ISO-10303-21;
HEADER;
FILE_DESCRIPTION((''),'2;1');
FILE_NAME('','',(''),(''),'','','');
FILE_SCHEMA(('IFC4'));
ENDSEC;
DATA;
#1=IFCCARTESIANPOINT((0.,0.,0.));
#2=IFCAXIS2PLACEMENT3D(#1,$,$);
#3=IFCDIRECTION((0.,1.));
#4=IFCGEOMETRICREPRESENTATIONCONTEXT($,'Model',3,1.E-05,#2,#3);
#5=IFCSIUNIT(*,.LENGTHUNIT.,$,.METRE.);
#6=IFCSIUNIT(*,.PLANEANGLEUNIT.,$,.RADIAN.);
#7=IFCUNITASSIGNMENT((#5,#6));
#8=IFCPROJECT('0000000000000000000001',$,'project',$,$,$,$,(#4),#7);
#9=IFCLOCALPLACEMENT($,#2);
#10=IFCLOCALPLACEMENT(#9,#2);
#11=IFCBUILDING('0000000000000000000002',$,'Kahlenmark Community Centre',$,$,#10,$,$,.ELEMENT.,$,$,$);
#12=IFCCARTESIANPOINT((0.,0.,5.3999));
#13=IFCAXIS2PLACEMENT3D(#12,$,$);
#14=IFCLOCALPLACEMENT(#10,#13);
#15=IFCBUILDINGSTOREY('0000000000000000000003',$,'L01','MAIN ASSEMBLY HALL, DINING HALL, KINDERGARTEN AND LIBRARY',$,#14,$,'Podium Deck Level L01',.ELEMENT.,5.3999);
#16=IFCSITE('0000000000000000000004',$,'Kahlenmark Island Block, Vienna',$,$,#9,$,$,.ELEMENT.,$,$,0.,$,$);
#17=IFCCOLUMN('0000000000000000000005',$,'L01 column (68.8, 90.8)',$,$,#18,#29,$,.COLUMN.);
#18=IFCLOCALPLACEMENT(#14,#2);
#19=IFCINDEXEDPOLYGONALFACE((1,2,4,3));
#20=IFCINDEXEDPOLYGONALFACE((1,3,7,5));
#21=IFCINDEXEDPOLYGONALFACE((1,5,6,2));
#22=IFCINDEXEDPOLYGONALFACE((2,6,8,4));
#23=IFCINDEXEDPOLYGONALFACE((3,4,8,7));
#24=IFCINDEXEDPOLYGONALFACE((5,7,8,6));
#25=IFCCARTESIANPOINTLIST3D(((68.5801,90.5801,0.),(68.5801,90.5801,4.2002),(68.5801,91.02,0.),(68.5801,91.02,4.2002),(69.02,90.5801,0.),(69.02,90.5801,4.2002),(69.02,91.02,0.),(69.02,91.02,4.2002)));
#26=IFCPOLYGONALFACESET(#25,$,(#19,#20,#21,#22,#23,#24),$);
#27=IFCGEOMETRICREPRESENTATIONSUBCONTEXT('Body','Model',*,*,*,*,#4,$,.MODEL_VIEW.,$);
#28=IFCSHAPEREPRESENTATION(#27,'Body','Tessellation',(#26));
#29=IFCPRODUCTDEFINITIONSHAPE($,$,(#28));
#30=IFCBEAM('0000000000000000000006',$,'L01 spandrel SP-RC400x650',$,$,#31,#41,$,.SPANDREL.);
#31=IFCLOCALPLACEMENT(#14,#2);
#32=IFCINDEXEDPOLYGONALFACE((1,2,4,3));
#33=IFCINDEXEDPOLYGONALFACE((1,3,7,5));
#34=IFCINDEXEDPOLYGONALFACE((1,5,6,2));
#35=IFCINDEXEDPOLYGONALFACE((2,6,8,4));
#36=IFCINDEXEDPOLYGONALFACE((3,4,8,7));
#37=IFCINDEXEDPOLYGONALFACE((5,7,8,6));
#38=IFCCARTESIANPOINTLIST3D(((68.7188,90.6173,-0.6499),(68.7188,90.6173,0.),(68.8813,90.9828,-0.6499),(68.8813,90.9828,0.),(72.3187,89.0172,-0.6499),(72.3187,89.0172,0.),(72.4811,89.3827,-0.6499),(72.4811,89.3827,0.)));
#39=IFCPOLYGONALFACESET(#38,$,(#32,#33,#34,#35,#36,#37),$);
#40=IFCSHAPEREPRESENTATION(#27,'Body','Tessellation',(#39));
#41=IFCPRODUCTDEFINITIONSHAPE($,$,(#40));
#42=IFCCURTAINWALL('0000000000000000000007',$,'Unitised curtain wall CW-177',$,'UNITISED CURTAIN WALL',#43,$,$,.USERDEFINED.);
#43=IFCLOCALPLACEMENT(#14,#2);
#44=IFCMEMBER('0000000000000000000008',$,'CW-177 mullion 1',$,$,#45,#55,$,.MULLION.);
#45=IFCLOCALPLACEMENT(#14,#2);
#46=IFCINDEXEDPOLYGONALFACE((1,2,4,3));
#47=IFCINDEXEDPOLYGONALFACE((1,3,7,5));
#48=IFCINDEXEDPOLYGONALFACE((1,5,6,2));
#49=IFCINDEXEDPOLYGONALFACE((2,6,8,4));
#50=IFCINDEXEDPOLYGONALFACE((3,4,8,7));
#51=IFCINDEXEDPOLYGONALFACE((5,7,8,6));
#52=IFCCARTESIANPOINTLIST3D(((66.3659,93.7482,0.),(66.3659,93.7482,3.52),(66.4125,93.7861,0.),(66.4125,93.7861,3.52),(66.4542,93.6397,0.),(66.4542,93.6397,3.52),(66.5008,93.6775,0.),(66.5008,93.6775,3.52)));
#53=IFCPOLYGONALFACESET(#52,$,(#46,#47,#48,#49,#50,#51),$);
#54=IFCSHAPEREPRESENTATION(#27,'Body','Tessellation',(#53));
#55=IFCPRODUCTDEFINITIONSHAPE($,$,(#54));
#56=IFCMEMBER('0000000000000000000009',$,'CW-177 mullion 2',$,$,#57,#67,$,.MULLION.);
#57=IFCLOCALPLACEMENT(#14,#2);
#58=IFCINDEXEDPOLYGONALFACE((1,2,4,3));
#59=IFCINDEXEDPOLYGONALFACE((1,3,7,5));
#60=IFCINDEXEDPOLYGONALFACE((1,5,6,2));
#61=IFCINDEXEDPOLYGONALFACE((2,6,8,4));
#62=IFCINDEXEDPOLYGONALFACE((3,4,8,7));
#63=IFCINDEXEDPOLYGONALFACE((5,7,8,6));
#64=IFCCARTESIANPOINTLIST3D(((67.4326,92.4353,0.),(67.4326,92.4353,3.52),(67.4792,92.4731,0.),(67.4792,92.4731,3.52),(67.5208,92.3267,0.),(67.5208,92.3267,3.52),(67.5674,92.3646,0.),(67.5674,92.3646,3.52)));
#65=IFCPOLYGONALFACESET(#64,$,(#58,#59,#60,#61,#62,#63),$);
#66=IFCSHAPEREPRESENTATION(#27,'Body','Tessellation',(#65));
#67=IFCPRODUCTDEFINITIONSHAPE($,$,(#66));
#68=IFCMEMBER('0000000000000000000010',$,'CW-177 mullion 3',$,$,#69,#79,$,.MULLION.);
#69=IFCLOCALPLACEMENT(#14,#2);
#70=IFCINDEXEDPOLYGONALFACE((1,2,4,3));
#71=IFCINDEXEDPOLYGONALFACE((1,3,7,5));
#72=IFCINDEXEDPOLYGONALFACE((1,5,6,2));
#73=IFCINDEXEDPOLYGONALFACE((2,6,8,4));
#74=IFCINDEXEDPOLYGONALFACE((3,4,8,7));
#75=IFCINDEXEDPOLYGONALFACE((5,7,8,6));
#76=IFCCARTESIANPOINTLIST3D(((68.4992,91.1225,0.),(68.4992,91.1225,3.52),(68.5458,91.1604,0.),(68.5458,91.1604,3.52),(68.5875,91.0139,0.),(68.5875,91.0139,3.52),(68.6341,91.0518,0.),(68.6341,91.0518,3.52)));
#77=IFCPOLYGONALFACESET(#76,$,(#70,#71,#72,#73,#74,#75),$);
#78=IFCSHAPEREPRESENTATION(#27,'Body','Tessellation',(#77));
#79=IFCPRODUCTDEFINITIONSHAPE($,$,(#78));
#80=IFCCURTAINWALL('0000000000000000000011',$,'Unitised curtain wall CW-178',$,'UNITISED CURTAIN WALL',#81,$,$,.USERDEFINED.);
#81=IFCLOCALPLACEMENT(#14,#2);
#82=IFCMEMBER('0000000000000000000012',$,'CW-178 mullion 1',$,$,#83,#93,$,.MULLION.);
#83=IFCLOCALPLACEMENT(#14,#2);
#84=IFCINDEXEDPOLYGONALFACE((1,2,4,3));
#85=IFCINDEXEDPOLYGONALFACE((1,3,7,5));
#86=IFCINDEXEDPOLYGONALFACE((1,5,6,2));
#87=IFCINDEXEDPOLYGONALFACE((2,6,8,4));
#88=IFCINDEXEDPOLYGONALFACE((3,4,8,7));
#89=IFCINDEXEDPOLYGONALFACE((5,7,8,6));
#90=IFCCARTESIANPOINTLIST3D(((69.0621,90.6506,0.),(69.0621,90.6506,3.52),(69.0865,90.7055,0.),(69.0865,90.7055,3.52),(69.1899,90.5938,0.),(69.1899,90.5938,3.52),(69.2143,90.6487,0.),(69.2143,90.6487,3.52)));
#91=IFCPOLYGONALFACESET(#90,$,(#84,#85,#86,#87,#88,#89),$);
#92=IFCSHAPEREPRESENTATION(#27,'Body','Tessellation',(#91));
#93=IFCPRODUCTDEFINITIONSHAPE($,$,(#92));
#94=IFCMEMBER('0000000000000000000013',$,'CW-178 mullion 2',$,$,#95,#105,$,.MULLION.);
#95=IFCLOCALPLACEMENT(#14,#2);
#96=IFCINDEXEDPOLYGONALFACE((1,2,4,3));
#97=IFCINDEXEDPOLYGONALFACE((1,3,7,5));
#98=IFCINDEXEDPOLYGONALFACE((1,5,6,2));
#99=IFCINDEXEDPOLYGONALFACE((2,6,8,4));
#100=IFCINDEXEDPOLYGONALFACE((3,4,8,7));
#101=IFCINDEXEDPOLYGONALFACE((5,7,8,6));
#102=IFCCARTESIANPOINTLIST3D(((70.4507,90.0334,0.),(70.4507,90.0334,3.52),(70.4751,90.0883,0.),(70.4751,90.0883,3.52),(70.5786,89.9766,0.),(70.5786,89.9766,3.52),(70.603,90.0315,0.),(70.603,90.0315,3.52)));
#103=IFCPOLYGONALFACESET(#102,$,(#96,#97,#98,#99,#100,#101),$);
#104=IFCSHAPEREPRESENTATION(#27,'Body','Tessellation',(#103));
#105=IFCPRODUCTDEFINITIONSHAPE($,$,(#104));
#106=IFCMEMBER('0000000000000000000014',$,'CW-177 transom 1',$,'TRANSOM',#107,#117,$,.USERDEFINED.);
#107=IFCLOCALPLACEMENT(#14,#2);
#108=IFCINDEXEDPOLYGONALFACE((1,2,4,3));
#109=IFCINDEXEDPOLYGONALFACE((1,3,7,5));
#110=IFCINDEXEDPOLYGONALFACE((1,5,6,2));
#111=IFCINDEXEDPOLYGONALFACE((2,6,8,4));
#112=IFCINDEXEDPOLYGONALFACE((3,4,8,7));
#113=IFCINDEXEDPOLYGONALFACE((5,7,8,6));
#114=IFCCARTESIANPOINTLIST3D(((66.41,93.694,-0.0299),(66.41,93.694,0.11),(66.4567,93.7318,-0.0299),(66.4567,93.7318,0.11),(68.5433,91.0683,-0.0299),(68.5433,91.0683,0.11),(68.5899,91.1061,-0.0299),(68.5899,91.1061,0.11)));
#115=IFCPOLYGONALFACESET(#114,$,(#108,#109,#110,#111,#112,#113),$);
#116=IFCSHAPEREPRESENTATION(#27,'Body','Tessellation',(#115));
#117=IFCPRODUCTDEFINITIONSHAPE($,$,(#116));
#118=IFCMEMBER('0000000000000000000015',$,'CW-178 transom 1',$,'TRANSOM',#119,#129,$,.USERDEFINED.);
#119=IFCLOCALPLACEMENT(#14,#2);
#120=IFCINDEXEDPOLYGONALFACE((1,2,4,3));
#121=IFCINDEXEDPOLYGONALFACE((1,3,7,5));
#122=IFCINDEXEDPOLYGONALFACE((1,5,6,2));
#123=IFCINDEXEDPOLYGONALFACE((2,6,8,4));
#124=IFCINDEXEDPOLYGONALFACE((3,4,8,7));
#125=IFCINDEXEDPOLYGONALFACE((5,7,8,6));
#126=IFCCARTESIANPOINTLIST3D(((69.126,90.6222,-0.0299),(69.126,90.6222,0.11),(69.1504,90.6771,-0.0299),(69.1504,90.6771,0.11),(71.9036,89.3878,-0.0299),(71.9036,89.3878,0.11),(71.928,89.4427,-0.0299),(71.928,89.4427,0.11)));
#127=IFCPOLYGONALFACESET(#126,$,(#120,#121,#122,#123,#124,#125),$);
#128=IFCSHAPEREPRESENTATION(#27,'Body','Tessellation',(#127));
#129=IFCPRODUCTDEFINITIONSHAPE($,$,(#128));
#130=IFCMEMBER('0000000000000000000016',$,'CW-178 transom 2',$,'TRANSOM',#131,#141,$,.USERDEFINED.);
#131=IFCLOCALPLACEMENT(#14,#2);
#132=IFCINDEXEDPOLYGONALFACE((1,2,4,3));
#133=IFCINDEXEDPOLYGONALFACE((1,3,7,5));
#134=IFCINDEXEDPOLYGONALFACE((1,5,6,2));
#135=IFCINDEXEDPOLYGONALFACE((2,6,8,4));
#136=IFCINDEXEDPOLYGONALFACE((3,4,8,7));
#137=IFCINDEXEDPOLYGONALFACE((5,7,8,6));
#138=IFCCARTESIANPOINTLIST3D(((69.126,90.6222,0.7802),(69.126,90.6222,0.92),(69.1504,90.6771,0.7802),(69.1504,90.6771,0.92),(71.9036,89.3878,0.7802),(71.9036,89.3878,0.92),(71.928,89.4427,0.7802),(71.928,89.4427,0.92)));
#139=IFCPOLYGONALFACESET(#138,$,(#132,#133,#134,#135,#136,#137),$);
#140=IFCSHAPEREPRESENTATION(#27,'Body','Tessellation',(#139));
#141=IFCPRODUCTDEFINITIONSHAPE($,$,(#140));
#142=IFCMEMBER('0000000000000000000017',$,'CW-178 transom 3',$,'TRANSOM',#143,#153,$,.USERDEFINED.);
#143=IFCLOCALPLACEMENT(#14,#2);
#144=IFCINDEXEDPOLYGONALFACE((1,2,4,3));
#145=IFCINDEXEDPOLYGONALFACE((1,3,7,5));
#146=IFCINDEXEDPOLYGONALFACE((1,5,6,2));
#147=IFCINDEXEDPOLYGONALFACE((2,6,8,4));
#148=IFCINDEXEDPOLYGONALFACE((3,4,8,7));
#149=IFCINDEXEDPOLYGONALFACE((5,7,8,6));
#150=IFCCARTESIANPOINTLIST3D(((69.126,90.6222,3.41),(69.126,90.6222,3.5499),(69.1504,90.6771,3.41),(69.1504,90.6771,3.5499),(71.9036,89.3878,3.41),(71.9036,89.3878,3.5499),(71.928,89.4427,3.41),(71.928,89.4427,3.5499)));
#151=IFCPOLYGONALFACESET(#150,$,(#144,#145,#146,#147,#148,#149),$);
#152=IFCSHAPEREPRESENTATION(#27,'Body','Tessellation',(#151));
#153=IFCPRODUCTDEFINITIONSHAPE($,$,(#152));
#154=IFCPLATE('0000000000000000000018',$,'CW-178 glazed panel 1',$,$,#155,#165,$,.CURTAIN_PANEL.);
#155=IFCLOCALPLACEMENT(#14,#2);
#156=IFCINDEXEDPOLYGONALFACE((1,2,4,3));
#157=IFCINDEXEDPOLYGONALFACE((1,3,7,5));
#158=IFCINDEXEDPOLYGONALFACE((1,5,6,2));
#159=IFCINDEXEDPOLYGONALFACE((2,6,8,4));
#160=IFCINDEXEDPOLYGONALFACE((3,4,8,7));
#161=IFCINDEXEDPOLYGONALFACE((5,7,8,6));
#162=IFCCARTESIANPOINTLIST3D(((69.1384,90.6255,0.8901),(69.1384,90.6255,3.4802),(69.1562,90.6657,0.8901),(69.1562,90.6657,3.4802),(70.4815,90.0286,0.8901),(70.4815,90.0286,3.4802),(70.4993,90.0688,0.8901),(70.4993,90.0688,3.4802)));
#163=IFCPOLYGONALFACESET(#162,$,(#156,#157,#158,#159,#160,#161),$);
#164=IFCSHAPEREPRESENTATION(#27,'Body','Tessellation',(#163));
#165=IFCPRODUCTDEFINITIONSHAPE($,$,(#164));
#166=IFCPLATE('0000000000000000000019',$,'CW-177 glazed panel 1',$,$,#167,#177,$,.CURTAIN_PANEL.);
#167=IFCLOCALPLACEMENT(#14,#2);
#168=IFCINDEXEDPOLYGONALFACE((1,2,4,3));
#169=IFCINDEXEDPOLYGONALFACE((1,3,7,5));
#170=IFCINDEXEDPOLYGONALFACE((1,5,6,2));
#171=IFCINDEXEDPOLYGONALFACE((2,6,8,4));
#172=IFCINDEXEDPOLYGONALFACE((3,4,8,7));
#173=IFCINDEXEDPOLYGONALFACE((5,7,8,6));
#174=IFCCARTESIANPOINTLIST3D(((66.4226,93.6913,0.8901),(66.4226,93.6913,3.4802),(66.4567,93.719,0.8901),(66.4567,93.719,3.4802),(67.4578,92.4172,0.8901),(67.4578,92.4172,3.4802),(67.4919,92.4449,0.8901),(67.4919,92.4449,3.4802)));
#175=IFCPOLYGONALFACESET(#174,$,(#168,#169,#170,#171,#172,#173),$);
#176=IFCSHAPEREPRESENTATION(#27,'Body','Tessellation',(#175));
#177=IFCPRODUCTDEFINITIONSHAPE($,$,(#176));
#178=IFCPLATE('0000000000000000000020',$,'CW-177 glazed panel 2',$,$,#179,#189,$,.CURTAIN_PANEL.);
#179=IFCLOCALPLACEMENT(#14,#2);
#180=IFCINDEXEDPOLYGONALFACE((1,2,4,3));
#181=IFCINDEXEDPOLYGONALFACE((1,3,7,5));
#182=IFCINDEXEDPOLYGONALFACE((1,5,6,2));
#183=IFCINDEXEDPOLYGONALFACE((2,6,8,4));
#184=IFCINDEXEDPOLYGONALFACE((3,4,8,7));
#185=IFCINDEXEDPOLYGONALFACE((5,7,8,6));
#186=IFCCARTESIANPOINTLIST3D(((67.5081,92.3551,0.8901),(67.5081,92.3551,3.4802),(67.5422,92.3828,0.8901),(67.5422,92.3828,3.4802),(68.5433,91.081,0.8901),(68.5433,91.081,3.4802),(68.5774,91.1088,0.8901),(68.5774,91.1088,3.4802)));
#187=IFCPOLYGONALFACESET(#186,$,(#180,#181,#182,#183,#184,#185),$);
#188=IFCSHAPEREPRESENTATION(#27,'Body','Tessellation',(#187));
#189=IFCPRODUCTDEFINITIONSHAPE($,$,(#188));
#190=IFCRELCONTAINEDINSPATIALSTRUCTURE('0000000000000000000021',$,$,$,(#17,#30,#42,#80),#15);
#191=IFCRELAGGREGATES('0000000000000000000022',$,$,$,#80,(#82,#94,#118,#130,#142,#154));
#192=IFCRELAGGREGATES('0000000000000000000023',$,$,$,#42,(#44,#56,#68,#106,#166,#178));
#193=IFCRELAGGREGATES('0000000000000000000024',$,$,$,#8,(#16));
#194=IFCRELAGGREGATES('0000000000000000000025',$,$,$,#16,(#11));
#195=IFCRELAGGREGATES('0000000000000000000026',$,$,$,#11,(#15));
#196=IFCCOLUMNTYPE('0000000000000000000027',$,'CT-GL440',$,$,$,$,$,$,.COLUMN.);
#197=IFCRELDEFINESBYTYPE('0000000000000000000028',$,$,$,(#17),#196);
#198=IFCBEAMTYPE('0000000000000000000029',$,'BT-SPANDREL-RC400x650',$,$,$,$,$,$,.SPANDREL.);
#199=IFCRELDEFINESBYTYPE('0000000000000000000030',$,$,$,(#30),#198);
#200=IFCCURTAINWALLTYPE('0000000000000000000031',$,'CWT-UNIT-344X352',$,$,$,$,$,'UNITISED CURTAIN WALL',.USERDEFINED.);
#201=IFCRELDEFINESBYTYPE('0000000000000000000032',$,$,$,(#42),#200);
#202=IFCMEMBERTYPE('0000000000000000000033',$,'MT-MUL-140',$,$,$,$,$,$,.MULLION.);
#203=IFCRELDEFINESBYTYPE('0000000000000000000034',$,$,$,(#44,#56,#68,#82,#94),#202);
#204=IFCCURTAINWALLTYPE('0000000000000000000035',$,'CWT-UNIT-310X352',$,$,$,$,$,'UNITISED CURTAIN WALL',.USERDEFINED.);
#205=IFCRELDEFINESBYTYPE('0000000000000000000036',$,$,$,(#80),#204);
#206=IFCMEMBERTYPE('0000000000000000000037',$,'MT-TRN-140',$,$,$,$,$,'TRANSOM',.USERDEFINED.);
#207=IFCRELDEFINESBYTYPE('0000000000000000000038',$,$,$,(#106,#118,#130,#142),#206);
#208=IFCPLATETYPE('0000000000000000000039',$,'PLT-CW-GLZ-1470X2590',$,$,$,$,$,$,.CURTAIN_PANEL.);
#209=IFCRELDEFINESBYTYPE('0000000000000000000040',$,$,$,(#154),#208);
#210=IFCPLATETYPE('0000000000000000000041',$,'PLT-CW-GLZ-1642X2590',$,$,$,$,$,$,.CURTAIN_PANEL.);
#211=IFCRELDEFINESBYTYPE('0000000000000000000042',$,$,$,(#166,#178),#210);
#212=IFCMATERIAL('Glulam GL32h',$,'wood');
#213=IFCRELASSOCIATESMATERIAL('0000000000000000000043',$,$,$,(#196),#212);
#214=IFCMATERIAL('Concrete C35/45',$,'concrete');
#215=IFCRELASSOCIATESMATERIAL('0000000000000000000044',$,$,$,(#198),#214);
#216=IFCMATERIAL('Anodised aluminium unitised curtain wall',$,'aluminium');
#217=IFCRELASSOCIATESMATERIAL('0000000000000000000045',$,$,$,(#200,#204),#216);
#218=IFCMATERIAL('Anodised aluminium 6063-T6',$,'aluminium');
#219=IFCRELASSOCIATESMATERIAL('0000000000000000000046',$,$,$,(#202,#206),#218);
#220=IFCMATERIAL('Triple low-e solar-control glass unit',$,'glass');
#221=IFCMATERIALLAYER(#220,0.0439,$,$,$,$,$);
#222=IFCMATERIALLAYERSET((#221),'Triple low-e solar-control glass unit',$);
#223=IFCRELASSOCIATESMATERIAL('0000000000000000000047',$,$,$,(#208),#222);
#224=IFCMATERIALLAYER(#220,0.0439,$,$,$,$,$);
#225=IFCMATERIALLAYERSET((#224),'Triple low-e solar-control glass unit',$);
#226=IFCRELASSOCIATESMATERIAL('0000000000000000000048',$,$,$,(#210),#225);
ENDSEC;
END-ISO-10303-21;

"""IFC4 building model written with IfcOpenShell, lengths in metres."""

from ifc_helpers import new_model, si_unit, direction, frame, origin, origin_2d, place, context, subcontext, project, spatial, rectangle, extrude, material, layer, layer_set, material_profile, profile_set, type_object, element, aggregate, save


model = new_model("IFC4")

# Units and contexts
model_context = context("Model", 3, precision=1e-05, world=origin(), true_north=direction((0.0, 1.0)))
body_context = subcontext(model_context, "Body", "Model", "MODEL_VIEW")
ifc_project = project(units=[si_unit("LENGTHUNIT", "METRE"), si_unit("PLANEANGLEUNIT", "RADIAN")], contexts=[model_context])

# Site, building, storey
site_placement = place(None, origin())
site = spatial("IfcSite", under=ifc_project, at=site_placement, Name="Kahlenmark Island Block, Vienna", CompositionType="ELEMENT", RefElevation=0.0)
building_placement = place(site_placement, origin())
building = spatial("IfcBuilding", under=site, at=building_placement, Name="Kahlenmark Community Centre", CompositionType="ELEMENT")
storey_placement = place(building_placement, frame((0.0, 0.0, 5.3999)))
storey = spatial("IfcBuildingStorey", under=building, at=storey_placement, Name="L01", Description="MAIN ASSEMBLY HALL, DINING HALL, KINDERGARTEN AND LIBRARY", LongName="Podium Deck Level L01", CompositionType="ELEMENT", Elevation=5.3999)

# Column
ifc_material_1 = material(Name="Glulam GL32h", Category="wood")
ifc_material_profile_1 = material_profile(ifc_material_1, rectangle(XDim=0.4399, YDim=0.4399, at=origin_2d()), Name="GL32h 440x440")
ifc_profile_set_1 = profile_set([ifc_material_profile_1], Name="Glulam GL32h")
column_type = type_object("IfcColumnType", Name="CT-GL440", PredefinedType="COLUMN", material=ifc_profile_set_1)
column_placement = place(storey_placement, frame((68.8, 90.8, 0.0), z_axis=(0.0, 0.0, 1.0), x_axis=(1.0, 0.0, 0.0)))
element("IfcColumn", 1, at=column_placement, inside=storey, type_object=column_type, Name="L01 column (68.8, 90.8)", PredefinedType="COLUMN", context=body_context, shape_type="SweptSolid", body=[
    extrude(rectangle(XDim=0.4399, YDim=0.4399, at=origin_2d()), origin(), (0.0, 0.0, 1.0), 4.2002),
])

# Beam
ifc_material_2 = material(Name="Concrete C35/45", Category="concrete")
ifc_material_profile_2 = material_profile(ifc_material_2, rectangle(XDim=0.3999, YDim=0.6499, at=origin_2d()), Name="RC 400x650")
ifc_profile_set_2 = profile_set([ifc_material_profile_2], Name="Concrete C35/45")
beam_type = type_object("IfcBeamType", Name="BT-SPANDREL-RC400x650", PredefinedType="SPANDREL", material=ifc_profile_set_2)
beam_placement = place(storey_placement, frame((68.8, 90.8, -0.325), z_axis=(0.913796, -0.406173, 0.0), x_axis=(0.406173, 0.913796, 0.0)))
element("IfcBeam", 2, at=beam_placement, inside=storey, type_object=beam_type, Name="L01 spandrel SP-RC400x650", PredefinedType="SPANDREL", context=body_context, shape_type="SweptSolid", body=[
    extrude(rectangle(XDim=0.3999, YDim=0.6499, at=origin_2d()), origin(), (0.0, 0.0, 1.0), 3.9395),
])

# Curtain walls, members
ifc_material_3 = material(Name="Anodised aluminium unitised curtain wall", Category="aluminium")
curtain_wall_type_1 = type_object("IfcCurtainWallType", Name="CWT-UNIT-344X352", ElementType="UNITISED CURTAIN WALL", PredefinedType="USERDEFINED", material=ifc_material_3)
curtain_wall_1_placement = place(storey_placement, origin())
curtain_wall_1 = element("IfcCurtainWall", 3, at=curtain_wall_1_placement, inside=storey, type_object=curtain_wall_type_1, Name="Unitised curtain wall CW-177", ObjectType="UNITISED CURTAIN WALL", PredefinedType="USERDEFINED")
ifc_material_4 = material(Name="Anodised aluminium 6063-T6", Category="aluminium")
ifc_material_profile_3 = material_profile(ifc_material_4, rectangle(XDim=0.0601, YDim=0.1399, at=origin_2d()), Name="ALU MULLION 60x140")
ifc_profile_set_3 = profile_set([ifc_material_profile_3], Name="Anodised aluminium 6063-T6")
member_type_1 = type_object("IfcMemberType", Name="MT-MUL-140", PredefinedType="MULLION", material=ifc_profile_set_3)
member_1_placement = place(storey_placement, frame((66.4333, 93.7129, 0.0), z_axis=(0.0, 0.0, 1.0), x_axis=(0.776109, 0.630599, 0.0)))
member_1 = element("IfcMember", 4, at=member_1_placement, type_object=member_type_1, Name="CW-177 mullion 1", PredefinedType="MULLION", context=body_context, shape_type="SweptSolid", body=[
    extrude(rectangle(XDim=0.0601, YDim=0.1399, at=origin_2d()), origin(), (0.0, 0.0, 1.0), 3.52),
])
member_2_placement = place(storey_placement, frame((67.5, 92.3999, 0.0), z_axis=(0.0, 0.0, 1.0), x_axis=(0.776109, 0.630599, 0.0)))
member_2 = element("IfcMember", 5, at=member_2_placement, type_object=member_type_1, Name="CW-177 mullion 2", PredefinedType="MULLION", context=body_context, shape_type="SweptSolid", body=[
    extrude(rectangle(XDim=0.0601, YDim=0.1399, at=origin_2d()), origin(), (0.0, 0.0, 1.0), 3.52),
])
member_3_placement = place(storey_placement, frame((68.5667, 91.0872, 0.0), z_axis=(0.0, 0.0, 1.0), x_axis=(0.776109, 0.630599, 0.0)))
member_3 = element("IfcMember", 6, at=member_3_placement, type_object=member_type_1, Name="CW-177 mullion 3", PredefinedType="MULLION", context=body_context, shape_type="SweptSolid", body=[
    extrude(rectangle(XDim=0.0601, YDim=0.1399, at=origin_2d()), origin(), (0.0, 0.0, 1.0), 3.52),
])
curtain_wall_type_2 = type_object("IfcCurtainWallType", Name="CWT-UNIT-310X352", ElementType="UNITISED CURTAIN WALL", PredefinedType="USERDEFINED", material=ifc_material_3)
curtain_wall_2_placement = place(storey_placement, origin())
curtain_wall_2 = element("IfcCurtainWall", 7, at=curtain_wall_2_placement, inside=storey, type_object=curtain_wall_type_2, Name="Unitised curtain wall CW-178", ObjectType="UNITISED CURTAIN WALL", PredefinedType="USERDEFINED")
member_4_placement = place(storey_placement, frame((69.1382, 90.6497, 0.0), z_axis=(0.0, 0.0, 1.0), x_axis=(0.406126, 0.913817, 0.0)))
member_4 = element("IfcMember", 8, at=member_4_placement, type_object=member_type_1, Name="CW-178 mullion 1", PredefinedType="MULLION", context=body_context, shape_type="SweptSolid", body=[
    extrude(rectangle(XDim=0.0601, YDim=0.1399, at=origin_2d()), origin(), (0.0, 0.0, 1.0), 3.52),
])
member_5_placement = place(storey_placement, frame((70.5269, 90.0325, 0.0), z_axis=(0.0, 0.0, 1.0), x_axis=(0.406126, 0.913817, 0.0)))
member_5 = element("IfcMember", 9, at=member_5_placement, type_object=member_type_1, Name="CW-178 mullion 2", PredefinedType="MULLION", context=body_context, shape_type="SweptSolid", body=[
    extrude(rectangle(XDim=0.0601, YDim=0.1399, at=origin_2d()), origin(), (0.0, 0.0, 1.0), 3.52),
])

# Members
ifc_material_profile_4 = material_profile(ifc_material_4, rectangle(XDim=0.0601, YDim=0.1399, at=origin_2d()), Name="ALU TRANSOM 60x140")
ifc_profile_set_4 = profile_set([ifc_material_profile_4], Name="Anodised aluminium 6063-T6")
member_type_2 = type_object("IfcMemberType", Name="MT-TRN-140", ElementType="TRANSOM", PredefinedType="USERDEFINED", material=ifc_profile_set_4)
member_6_placement = place(storey_placement, frame((66.4333, 93.7129, 0.04), z_axis=(0.630574, -0.776129, 0.0), x_axis=(0.776129, 0.630574, 0.0)))
member_6 = element("IfcMember", 10, at=member_6_placement, type_object=member_type_2, Name="CW-177 transom 1", ObjectType="TRANSOM", PredefinedType="USERDEFINED", context=body_context, shape_type="SweptSolid", body=[
    extrude(rectangle(XDim=0.0601, YDim=0.1399, at=origin_2d()), origin(), (0.0, 0.0, 1.0), 3.3831),
])
member_7_placement = place(storey_placement, frame((69.1382, 90.6497, 0.04), z_axis=(0.913825, -0.406109, 0.0), x_axis=(0.406109, 0.913825, 0.0)))
member_7 = element("IfcMember", 11, at=member_7_placement, type_object=member_type_2, Name="CW-178 transom 1", ObjectType="TRANSOM", PredefinedType="USERDEFINED", context=body_context, shape_type="SweptSolid", body=[
    extrude(rectangle(XDim=0.0601, YDim=0.1399, at=origin_2d()), origin(), (0.0, 0.0, 1.0), 3.0396),
])
member_8_placement = place(storey_placement, frame((69.1382, 90.6497, 0.8501), z_axis=(0.913825, -0.406109, 0.0), x_axis=(0.406109, 0.913825, 0.0)))
member_8 = element("IfcMember", 12, at=member_8_placement, type_object=member_type_2, Name="CW-178 transom 2", ObjectType="TRANSOM", PredefinedType="USERDEFINED", context=body_context, shape_type="SweptSolid", body=[
    extrude(rectangle(XDim=0.0601, YDim=0.1399, at=origin_2d()), origin(), (0.0, 0.0, 1.0), 3.0396),
])
member_9_placement = place(storey_placement, frame((69.1382, 90.6497, 3.48), z_axis=(0.913825, -0.406109, 0.0), x_axis=(0.406109, 0.913825, 0.0)))
member_9 = element("IfcMember", 13, at=member_9_placement, type_object=member_type_2, Name="CW-178 transom 3", ObjectType="TRANSOM", PredefinedType="USERDEFINED", context=body_context, shape_type="SweptSolid", body=[
    extrude(rectangle(XDim=0.0601, YDim=0.1399, at=origin_2d()), origin(), (0.0, 0.0, 1.0), 3.0396),
])

# Plates
ifc_material_5 = material(Name="Triple low-e solar-control glass unit", Category="glass")
ifc_layer_1 = layer(ifc_material_5, 0.0439)
ifc_layer_set_1 = layer_set([ifc_layer_1], Name="Triple low-e solar-control glass unit")
plate_type_1 = type_object("IfcPlateType", Name="PLT-CW-GLZ-1470X2590", PredefinedType="CURTAIN_PANEL", material=ifc_layer_set_1)
plate_1_placement = place(storey_placement, frame((69.8188, 90.3472, 0.8901), z_axis=(0.0, 0.0, 1.0), x_axis=(0.913817, -0.406126, 0.0)))
plate_1 = element("IfcPlate", 14, at=plate_1_placement, type_object=plate_type_1, Name="CW-178 glazed panel 1", PredefinedType="CURTAIN_PANEL", context=body_context, shape_type="SweptSolid", body=[
    extrude(rectangle(XDim=1.4697, YDim=0.0439, at=origin_2d()), origin(), (0.0, 0.0, 1.0), 2.5901),
])
ifc_layer_2 = layer(ifc_material_5, 0.0439)
ifc_layer_set_2 = layer_set([ifc_layer_2], Name="Triple low-e solar-control glass unit")
plate_type_2 = type_object("IfcPlateType", Name="PLT-CW-GLZ-1642X2590", PredefinedType="CURTAIN_PANEL", material=ifc_layer_set_2)
plate_2_placement = place(storey_placement, frame((66.9573, 93.0681, 0.8901), z_axis=(0.0, 0.0, 1.0), x_axis=(0.630599, -0.776109, 0.0)))
plate_2 = element("IfcPlate", 15, at=plate_2_placement, type_object=plate_type_2, Name="CW-177 glazed panel 1", PredefinedType="CURTAIN_PANEL", context=body_context, shape_type="SweptSolid", body=[
    extrude(rectangle(XDim=1.6416, YDim=0.0439, at=origin_2d()), origin(), (0.0, 0.0, 1.0), 2.5901),
])
plate_3_placement = place(storey_placement, frame((68.0427, 91.7319, 0.8901), z_axis=(0.0, 0.0, 1.0), x_axis=(0.630599, -0.776109, 0.0)))
plate_3 = element("IfcPlate", 16, at=plate_3_placement, type_object=plate_type_2, Name="CW-177 glazed panel 2", PredefinedType="CURTAIN_PANEL", context=body_context, shape_type="SweptSolid", body=[
    extrude(rectangle(XDim=1.6416, YDim=0.0439, at=origin_2d()), origin(), (0.0, 0.0, 1.0), 2.5901),
])
aggregate(curtain_wall_2, [member_4, member_5, member_7, member_8, member_9, plate_1])
aggregate(curtain_wall_1, [member_1, member_2, member_3, member_6, plate_2, plate_3])

save(model, "model.ifc")
